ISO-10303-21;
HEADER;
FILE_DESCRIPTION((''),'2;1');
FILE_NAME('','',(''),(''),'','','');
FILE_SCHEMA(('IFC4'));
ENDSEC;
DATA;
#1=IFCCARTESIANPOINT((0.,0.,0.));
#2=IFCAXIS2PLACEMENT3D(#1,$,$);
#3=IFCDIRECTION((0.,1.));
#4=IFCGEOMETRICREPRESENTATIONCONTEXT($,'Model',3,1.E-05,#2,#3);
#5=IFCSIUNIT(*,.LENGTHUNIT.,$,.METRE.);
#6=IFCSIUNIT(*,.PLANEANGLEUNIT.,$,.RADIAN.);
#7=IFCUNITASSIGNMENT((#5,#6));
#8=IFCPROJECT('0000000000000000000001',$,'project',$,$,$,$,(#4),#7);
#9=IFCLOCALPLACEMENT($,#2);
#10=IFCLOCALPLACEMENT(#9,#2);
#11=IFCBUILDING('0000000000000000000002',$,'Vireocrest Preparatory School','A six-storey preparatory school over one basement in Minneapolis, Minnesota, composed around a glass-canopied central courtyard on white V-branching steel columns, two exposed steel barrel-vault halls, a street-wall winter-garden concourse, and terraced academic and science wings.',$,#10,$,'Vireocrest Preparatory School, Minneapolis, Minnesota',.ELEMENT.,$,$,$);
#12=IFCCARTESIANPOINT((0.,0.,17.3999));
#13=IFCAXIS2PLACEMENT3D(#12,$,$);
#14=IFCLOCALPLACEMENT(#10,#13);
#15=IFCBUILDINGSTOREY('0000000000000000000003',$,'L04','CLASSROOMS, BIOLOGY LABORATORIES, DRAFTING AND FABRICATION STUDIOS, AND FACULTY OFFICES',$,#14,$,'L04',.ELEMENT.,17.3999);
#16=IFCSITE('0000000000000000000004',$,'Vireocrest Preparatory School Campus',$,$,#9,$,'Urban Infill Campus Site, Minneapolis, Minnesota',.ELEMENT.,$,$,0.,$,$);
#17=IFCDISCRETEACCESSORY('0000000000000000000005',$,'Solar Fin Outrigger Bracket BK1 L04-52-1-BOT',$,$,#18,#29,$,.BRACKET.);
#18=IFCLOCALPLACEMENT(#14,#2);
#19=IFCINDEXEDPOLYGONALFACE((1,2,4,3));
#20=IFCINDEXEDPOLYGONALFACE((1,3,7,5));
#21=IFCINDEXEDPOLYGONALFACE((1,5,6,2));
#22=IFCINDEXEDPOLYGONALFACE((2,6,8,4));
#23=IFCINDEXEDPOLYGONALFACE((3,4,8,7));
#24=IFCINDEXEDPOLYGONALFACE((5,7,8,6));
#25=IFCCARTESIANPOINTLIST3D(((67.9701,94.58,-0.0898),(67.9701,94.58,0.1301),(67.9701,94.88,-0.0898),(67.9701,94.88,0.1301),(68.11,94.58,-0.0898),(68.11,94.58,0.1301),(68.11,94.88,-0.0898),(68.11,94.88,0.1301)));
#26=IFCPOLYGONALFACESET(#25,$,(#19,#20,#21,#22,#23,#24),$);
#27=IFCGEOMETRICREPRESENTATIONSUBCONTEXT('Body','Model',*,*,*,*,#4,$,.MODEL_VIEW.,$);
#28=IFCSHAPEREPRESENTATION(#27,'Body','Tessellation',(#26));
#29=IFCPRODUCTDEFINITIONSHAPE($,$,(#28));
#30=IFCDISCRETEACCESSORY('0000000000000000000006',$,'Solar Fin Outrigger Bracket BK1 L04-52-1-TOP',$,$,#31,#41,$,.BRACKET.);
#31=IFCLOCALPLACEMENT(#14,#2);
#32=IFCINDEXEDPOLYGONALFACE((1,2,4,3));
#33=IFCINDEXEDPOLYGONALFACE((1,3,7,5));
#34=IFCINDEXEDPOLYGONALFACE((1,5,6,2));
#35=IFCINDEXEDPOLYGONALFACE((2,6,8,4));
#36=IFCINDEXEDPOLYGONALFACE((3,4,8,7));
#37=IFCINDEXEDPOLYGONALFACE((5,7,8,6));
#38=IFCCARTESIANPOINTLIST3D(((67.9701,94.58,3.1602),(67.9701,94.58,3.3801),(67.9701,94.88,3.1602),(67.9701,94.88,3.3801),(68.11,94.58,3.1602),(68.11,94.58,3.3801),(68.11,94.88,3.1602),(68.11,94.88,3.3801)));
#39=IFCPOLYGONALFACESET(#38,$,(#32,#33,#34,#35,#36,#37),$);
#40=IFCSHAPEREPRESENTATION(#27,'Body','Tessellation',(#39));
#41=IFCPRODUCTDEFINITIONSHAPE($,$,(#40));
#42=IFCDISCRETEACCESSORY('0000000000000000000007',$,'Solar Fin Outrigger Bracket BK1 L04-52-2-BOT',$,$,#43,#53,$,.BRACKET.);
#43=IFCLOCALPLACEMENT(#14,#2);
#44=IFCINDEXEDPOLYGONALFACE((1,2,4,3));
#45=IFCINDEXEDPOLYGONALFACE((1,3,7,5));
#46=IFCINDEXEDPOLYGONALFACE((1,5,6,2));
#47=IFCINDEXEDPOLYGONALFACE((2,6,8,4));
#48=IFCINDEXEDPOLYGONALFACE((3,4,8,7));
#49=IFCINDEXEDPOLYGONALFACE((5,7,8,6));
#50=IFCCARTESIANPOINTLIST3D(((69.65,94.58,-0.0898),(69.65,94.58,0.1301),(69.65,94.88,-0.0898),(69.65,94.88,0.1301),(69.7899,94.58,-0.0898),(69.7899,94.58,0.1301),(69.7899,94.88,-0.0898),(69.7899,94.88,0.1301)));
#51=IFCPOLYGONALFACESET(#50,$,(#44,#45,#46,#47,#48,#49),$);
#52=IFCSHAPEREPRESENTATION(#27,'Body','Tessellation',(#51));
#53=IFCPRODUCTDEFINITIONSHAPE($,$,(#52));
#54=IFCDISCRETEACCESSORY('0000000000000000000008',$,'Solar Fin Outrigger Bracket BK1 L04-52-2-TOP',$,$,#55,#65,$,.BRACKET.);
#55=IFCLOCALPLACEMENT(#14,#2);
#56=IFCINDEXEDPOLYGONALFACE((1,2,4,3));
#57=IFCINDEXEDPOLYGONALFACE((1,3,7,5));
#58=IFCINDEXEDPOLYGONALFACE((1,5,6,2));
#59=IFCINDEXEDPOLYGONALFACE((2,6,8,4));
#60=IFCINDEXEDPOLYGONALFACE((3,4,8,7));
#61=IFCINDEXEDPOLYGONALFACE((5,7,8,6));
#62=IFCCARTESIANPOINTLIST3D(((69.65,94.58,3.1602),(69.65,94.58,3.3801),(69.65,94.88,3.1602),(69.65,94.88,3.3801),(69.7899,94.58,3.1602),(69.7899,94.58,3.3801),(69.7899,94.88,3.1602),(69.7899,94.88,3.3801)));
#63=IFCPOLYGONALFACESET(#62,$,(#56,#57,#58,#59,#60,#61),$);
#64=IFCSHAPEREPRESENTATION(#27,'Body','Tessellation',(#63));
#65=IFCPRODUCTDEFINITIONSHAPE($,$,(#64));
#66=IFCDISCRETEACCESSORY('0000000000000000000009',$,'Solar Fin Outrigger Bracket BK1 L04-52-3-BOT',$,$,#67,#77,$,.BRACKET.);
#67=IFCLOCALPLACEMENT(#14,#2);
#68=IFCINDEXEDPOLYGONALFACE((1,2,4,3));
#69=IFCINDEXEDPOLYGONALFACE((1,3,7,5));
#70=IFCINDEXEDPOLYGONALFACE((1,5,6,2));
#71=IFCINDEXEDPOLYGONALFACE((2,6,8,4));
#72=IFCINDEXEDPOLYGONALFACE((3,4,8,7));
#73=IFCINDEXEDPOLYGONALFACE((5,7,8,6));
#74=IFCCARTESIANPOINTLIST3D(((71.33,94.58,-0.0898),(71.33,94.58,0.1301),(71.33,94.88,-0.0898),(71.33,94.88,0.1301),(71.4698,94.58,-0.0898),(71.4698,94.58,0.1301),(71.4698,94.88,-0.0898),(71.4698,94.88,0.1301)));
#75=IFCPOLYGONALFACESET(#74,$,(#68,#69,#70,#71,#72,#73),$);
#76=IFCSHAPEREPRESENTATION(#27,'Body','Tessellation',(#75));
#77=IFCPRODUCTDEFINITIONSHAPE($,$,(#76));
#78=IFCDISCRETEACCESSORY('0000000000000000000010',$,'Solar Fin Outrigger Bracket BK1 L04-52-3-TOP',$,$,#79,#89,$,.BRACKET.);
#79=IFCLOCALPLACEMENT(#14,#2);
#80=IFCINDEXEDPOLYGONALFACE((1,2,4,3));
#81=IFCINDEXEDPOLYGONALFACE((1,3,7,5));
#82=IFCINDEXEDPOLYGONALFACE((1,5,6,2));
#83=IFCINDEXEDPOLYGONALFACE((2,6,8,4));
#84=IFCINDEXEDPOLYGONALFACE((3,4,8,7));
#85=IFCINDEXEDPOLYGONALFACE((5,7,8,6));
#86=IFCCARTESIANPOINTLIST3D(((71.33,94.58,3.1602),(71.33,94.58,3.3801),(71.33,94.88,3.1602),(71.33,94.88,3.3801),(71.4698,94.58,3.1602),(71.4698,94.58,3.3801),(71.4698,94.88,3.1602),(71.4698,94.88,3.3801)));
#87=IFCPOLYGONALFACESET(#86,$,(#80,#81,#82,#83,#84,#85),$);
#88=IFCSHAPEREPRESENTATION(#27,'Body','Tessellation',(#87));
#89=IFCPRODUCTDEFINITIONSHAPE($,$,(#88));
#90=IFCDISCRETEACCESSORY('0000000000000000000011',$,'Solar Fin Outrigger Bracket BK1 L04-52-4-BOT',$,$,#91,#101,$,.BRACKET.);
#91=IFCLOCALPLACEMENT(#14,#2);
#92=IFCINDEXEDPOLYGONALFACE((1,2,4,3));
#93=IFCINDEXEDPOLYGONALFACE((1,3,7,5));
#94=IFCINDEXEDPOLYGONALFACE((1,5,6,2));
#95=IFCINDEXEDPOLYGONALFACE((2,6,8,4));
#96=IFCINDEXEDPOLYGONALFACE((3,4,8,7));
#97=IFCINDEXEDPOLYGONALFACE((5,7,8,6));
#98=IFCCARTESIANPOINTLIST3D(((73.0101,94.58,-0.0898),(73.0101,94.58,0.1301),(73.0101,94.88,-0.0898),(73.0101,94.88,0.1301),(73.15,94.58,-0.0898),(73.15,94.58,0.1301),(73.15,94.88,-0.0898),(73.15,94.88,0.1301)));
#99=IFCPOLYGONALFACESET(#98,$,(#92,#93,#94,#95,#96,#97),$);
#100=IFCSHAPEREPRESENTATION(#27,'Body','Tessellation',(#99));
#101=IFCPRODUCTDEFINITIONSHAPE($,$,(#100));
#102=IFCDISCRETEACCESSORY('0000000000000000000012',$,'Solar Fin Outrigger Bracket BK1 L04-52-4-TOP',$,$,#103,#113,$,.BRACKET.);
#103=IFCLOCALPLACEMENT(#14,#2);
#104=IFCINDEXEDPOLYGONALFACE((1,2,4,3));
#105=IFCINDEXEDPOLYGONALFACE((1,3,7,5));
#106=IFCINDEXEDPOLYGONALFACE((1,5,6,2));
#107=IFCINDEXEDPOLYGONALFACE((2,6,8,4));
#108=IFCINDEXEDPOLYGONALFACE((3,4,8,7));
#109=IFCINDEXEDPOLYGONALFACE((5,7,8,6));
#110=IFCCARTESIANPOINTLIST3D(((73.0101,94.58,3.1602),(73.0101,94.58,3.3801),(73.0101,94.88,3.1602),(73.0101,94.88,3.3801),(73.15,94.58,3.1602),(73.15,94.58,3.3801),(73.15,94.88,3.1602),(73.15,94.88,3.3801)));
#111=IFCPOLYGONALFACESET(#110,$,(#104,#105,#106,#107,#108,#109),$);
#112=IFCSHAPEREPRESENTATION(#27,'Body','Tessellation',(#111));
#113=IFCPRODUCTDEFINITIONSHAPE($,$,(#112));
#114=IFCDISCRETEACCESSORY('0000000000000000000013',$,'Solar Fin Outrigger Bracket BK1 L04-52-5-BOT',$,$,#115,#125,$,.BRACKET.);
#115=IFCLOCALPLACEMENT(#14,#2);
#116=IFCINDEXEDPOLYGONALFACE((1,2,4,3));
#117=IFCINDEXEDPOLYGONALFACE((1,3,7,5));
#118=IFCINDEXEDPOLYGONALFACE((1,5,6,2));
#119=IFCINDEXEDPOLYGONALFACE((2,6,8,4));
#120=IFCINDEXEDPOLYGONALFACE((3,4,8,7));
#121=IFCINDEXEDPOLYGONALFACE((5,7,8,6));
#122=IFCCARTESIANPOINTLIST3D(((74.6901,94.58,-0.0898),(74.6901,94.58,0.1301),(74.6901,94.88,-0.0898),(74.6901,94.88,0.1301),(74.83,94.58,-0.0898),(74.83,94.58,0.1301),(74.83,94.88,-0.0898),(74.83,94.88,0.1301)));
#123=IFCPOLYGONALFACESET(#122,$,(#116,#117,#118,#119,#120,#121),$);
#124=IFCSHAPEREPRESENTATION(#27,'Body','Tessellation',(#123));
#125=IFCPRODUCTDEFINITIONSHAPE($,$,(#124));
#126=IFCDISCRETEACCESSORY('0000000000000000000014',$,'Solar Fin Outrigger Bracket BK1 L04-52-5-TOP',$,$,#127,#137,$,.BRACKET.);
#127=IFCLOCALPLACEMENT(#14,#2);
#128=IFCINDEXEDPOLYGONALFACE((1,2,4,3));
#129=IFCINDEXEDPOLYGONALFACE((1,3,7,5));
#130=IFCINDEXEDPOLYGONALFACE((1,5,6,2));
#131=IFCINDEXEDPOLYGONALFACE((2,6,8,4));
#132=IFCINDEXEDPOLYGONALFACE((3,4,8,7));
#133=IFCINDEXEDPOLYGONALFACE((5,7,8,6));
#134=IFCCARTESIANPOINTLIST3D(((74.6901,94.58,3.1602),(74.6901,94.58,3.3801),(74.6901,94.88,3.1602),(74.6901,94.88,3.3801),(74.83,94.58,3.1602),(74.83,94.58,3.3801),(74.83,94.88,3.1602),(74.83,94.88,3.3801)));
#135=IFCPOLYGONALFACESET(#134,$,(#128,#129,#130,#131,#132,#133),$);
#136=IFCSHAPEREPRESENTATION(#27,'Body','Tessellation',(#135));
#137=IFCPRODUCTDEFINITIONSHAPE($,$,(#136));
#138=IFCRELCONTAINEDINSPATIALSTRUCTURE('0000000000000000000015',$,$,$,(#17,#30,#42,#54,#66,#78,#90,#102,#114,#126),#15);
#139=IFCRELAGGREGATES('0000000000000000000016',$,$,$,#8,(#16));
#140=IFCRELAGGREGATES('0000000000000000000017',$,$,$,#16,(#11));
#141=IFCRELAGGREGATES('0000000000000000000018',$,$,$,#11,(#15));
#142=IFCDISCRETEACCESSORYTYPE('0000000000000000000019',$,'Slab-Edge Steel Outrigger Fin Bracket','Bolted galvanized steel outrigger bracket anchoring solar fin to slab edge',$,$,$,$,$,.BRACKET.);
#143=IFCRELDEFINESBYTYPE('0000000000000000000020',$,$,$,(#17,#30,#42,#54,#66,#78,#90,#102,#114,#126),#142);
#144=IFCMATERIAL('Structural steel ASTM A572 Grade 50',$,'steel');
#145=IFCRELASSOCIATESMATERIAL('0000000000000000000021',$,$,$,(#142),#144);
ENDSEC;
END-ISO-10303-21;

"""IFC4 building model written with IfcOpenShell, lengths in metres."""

from ifc_helpers import new_model, si_unit, direction, frame, origin, origin_2d, place, context, subcontext, project, spatial, rectangle, extrude, material, type_object, element, save


model = new_model("IFC4")

# Units and contexts
model_context = context("Model", 3, precision=1e-05, world=origin(), true_north=direction((0.0, 1.0)))
body_context = subcontext(model_context, "Body", "Model", "MODEL_VIEW")
ifc_project = project(units=[si_unit("LENGTHUNIT", "METRE"), si_unit("PLANEANGLEUNIT", "RADIAN")], contexts=[model_context])

# Site, building, storey
site_placement = place(None, origin())
site = spatial("IfcSite", under=ifc_project, at=site_placement, Name="Vireocrest Preparatory School Campus", LongName="Urban Infill Campus Site, Minneapolis, Minnesota", CompositionType="ELEMENT", RefElevation=0.0)
building_placement = place(site_placement, origin())
building = spatial("IfcBuilding", under=site, at=building_placement, Name="Vireocrest Preparatory School", Description="A six-storey preparatory school over one basement in Minneapolis, Minnesota, composed around a glass-canopied central courtyard on white V-branching steel columns, two exposed steel barrel-vault halls, a street-wall winter-garden concourse, and terraced academic and science wings.", LongName="Vireocrest Preparatory School, Minneapolis, Minnesota", CompositionType="ELEMENT")
storey_placement = place(building_placement, frame((0.0, 0.0, 17.3999)))
storey = spatial("IfcBuildingStorey", under=building, at=storey_placement, Name="L04", Description="CLASSROOMS, BIOLOGY LABORATORIES, DRAFTING AND FABRICATION STUDIOS, AND FACULTY OFFICES", LongName="L04", CompositionType="ELEMENT", Elevation=17.3999)

# Discrete accessories
ifc_material_1 = material(Name="Structural steel ASTM A572 Grade 50", Category="steel")
discrete_accessory_type = type_object("IfcDiscreteAccessoryType", Name="Slab-Edge Steel Outrigger Fin Bracket", Description="Bolted galvanized steel outrigger bracket anchoring solar fin to slab edge", PredefinedType="BRACKET", material=ifc_material_1)
for number, where, z_axis, x_axis, name in (
    (1, (68.04, 94.73, -0.0898), (0.0, 0.0, 1.0), (-1.0, 0.0, 0.0), "Solar Fin Outrigger Bracket BK1 L04-52-1-BOT"),
    (2, (68.04, 94.73, 3.1602), (0.0, 0.0, 1.0), (-1.0, 0.0, 0.0), "Solar Fin Outrigger Bracket BK1 L04-52-1-TOP"),
    (3, (69.72, 94.73, -0.0898), (0.0, 0.0, 1.0), (-1.0, 0.0, 0.0), "Solar Fin Outrigger Bracket BK1 L04-52-2-BOT"),
    (4, (69.72, 94.73, 3.1602), (0.0, 0.0, 1.0), (-1.0, 0.0, 0.0), "Solar Fin Outrigger Bracket BK1 L04-52-2-TOP"),
    (5, (71.3999, 94.73, -0.0898), (0.0, 0.0, 1.0), (-1.0, 0.0, 0.0), "Solar Fin Outrigger Bracket BK1 L04-52-3-BOT"),
    (6, (71.3999, 94.73, 3.1602), (0.0, 0.0, 1.0), (-1.0, 0.0, 0.0), "Solar Fin Outrigger Bracket BK1 L04-52-3-TOP"),
    (7, (73.0801, 94.73, -0.0898), (0.0, 0.0, 1.0), (-1.0, 0.0, 0.0), "Solar Fin Outrigger Bracket BK1 L04-52-4-BOT"),
    (8, (73.0801, 94.73, 3.1602), (0.0, 0.0, 1.0), (-1.0, 0.0, 0.0), "Solar Fin Outrigger Bracket BK1 L04-52-4-TOP"),
    (9, (74.76, 94.73, -0.0898), (0.0, 0.0, 1.0), (-1.0, 0.0, 0.0), "Solar Fin Outrigger Bracket BK1 L04-52-5-BOT"),
    (10, (74.76, 94.73, 3.1602), (0.0, 0.0, 1.0), (-1.0, 0.0, 0.0), "Solar Fin Outrigger Bracket BK1 L04-52-5-TOP"),
):
    element("IfcDiscreteAccessory", number, at=place(storey_placement, frame(where, z_axis=z_axis, x_axis=x_axis)), inside=storey, type_object=discrete_accessory_type, Name=name, PredefinedType="BRACKET", context=body_context, shape_type="SweptSolid", body=[
        extrude(rectangle(XDim=0.1399, YDim=0.3, at=origin_2d()), origin(), (0.0, 0.0, 1.0), 0.22),
    ])

save(model, "model.ifc")
